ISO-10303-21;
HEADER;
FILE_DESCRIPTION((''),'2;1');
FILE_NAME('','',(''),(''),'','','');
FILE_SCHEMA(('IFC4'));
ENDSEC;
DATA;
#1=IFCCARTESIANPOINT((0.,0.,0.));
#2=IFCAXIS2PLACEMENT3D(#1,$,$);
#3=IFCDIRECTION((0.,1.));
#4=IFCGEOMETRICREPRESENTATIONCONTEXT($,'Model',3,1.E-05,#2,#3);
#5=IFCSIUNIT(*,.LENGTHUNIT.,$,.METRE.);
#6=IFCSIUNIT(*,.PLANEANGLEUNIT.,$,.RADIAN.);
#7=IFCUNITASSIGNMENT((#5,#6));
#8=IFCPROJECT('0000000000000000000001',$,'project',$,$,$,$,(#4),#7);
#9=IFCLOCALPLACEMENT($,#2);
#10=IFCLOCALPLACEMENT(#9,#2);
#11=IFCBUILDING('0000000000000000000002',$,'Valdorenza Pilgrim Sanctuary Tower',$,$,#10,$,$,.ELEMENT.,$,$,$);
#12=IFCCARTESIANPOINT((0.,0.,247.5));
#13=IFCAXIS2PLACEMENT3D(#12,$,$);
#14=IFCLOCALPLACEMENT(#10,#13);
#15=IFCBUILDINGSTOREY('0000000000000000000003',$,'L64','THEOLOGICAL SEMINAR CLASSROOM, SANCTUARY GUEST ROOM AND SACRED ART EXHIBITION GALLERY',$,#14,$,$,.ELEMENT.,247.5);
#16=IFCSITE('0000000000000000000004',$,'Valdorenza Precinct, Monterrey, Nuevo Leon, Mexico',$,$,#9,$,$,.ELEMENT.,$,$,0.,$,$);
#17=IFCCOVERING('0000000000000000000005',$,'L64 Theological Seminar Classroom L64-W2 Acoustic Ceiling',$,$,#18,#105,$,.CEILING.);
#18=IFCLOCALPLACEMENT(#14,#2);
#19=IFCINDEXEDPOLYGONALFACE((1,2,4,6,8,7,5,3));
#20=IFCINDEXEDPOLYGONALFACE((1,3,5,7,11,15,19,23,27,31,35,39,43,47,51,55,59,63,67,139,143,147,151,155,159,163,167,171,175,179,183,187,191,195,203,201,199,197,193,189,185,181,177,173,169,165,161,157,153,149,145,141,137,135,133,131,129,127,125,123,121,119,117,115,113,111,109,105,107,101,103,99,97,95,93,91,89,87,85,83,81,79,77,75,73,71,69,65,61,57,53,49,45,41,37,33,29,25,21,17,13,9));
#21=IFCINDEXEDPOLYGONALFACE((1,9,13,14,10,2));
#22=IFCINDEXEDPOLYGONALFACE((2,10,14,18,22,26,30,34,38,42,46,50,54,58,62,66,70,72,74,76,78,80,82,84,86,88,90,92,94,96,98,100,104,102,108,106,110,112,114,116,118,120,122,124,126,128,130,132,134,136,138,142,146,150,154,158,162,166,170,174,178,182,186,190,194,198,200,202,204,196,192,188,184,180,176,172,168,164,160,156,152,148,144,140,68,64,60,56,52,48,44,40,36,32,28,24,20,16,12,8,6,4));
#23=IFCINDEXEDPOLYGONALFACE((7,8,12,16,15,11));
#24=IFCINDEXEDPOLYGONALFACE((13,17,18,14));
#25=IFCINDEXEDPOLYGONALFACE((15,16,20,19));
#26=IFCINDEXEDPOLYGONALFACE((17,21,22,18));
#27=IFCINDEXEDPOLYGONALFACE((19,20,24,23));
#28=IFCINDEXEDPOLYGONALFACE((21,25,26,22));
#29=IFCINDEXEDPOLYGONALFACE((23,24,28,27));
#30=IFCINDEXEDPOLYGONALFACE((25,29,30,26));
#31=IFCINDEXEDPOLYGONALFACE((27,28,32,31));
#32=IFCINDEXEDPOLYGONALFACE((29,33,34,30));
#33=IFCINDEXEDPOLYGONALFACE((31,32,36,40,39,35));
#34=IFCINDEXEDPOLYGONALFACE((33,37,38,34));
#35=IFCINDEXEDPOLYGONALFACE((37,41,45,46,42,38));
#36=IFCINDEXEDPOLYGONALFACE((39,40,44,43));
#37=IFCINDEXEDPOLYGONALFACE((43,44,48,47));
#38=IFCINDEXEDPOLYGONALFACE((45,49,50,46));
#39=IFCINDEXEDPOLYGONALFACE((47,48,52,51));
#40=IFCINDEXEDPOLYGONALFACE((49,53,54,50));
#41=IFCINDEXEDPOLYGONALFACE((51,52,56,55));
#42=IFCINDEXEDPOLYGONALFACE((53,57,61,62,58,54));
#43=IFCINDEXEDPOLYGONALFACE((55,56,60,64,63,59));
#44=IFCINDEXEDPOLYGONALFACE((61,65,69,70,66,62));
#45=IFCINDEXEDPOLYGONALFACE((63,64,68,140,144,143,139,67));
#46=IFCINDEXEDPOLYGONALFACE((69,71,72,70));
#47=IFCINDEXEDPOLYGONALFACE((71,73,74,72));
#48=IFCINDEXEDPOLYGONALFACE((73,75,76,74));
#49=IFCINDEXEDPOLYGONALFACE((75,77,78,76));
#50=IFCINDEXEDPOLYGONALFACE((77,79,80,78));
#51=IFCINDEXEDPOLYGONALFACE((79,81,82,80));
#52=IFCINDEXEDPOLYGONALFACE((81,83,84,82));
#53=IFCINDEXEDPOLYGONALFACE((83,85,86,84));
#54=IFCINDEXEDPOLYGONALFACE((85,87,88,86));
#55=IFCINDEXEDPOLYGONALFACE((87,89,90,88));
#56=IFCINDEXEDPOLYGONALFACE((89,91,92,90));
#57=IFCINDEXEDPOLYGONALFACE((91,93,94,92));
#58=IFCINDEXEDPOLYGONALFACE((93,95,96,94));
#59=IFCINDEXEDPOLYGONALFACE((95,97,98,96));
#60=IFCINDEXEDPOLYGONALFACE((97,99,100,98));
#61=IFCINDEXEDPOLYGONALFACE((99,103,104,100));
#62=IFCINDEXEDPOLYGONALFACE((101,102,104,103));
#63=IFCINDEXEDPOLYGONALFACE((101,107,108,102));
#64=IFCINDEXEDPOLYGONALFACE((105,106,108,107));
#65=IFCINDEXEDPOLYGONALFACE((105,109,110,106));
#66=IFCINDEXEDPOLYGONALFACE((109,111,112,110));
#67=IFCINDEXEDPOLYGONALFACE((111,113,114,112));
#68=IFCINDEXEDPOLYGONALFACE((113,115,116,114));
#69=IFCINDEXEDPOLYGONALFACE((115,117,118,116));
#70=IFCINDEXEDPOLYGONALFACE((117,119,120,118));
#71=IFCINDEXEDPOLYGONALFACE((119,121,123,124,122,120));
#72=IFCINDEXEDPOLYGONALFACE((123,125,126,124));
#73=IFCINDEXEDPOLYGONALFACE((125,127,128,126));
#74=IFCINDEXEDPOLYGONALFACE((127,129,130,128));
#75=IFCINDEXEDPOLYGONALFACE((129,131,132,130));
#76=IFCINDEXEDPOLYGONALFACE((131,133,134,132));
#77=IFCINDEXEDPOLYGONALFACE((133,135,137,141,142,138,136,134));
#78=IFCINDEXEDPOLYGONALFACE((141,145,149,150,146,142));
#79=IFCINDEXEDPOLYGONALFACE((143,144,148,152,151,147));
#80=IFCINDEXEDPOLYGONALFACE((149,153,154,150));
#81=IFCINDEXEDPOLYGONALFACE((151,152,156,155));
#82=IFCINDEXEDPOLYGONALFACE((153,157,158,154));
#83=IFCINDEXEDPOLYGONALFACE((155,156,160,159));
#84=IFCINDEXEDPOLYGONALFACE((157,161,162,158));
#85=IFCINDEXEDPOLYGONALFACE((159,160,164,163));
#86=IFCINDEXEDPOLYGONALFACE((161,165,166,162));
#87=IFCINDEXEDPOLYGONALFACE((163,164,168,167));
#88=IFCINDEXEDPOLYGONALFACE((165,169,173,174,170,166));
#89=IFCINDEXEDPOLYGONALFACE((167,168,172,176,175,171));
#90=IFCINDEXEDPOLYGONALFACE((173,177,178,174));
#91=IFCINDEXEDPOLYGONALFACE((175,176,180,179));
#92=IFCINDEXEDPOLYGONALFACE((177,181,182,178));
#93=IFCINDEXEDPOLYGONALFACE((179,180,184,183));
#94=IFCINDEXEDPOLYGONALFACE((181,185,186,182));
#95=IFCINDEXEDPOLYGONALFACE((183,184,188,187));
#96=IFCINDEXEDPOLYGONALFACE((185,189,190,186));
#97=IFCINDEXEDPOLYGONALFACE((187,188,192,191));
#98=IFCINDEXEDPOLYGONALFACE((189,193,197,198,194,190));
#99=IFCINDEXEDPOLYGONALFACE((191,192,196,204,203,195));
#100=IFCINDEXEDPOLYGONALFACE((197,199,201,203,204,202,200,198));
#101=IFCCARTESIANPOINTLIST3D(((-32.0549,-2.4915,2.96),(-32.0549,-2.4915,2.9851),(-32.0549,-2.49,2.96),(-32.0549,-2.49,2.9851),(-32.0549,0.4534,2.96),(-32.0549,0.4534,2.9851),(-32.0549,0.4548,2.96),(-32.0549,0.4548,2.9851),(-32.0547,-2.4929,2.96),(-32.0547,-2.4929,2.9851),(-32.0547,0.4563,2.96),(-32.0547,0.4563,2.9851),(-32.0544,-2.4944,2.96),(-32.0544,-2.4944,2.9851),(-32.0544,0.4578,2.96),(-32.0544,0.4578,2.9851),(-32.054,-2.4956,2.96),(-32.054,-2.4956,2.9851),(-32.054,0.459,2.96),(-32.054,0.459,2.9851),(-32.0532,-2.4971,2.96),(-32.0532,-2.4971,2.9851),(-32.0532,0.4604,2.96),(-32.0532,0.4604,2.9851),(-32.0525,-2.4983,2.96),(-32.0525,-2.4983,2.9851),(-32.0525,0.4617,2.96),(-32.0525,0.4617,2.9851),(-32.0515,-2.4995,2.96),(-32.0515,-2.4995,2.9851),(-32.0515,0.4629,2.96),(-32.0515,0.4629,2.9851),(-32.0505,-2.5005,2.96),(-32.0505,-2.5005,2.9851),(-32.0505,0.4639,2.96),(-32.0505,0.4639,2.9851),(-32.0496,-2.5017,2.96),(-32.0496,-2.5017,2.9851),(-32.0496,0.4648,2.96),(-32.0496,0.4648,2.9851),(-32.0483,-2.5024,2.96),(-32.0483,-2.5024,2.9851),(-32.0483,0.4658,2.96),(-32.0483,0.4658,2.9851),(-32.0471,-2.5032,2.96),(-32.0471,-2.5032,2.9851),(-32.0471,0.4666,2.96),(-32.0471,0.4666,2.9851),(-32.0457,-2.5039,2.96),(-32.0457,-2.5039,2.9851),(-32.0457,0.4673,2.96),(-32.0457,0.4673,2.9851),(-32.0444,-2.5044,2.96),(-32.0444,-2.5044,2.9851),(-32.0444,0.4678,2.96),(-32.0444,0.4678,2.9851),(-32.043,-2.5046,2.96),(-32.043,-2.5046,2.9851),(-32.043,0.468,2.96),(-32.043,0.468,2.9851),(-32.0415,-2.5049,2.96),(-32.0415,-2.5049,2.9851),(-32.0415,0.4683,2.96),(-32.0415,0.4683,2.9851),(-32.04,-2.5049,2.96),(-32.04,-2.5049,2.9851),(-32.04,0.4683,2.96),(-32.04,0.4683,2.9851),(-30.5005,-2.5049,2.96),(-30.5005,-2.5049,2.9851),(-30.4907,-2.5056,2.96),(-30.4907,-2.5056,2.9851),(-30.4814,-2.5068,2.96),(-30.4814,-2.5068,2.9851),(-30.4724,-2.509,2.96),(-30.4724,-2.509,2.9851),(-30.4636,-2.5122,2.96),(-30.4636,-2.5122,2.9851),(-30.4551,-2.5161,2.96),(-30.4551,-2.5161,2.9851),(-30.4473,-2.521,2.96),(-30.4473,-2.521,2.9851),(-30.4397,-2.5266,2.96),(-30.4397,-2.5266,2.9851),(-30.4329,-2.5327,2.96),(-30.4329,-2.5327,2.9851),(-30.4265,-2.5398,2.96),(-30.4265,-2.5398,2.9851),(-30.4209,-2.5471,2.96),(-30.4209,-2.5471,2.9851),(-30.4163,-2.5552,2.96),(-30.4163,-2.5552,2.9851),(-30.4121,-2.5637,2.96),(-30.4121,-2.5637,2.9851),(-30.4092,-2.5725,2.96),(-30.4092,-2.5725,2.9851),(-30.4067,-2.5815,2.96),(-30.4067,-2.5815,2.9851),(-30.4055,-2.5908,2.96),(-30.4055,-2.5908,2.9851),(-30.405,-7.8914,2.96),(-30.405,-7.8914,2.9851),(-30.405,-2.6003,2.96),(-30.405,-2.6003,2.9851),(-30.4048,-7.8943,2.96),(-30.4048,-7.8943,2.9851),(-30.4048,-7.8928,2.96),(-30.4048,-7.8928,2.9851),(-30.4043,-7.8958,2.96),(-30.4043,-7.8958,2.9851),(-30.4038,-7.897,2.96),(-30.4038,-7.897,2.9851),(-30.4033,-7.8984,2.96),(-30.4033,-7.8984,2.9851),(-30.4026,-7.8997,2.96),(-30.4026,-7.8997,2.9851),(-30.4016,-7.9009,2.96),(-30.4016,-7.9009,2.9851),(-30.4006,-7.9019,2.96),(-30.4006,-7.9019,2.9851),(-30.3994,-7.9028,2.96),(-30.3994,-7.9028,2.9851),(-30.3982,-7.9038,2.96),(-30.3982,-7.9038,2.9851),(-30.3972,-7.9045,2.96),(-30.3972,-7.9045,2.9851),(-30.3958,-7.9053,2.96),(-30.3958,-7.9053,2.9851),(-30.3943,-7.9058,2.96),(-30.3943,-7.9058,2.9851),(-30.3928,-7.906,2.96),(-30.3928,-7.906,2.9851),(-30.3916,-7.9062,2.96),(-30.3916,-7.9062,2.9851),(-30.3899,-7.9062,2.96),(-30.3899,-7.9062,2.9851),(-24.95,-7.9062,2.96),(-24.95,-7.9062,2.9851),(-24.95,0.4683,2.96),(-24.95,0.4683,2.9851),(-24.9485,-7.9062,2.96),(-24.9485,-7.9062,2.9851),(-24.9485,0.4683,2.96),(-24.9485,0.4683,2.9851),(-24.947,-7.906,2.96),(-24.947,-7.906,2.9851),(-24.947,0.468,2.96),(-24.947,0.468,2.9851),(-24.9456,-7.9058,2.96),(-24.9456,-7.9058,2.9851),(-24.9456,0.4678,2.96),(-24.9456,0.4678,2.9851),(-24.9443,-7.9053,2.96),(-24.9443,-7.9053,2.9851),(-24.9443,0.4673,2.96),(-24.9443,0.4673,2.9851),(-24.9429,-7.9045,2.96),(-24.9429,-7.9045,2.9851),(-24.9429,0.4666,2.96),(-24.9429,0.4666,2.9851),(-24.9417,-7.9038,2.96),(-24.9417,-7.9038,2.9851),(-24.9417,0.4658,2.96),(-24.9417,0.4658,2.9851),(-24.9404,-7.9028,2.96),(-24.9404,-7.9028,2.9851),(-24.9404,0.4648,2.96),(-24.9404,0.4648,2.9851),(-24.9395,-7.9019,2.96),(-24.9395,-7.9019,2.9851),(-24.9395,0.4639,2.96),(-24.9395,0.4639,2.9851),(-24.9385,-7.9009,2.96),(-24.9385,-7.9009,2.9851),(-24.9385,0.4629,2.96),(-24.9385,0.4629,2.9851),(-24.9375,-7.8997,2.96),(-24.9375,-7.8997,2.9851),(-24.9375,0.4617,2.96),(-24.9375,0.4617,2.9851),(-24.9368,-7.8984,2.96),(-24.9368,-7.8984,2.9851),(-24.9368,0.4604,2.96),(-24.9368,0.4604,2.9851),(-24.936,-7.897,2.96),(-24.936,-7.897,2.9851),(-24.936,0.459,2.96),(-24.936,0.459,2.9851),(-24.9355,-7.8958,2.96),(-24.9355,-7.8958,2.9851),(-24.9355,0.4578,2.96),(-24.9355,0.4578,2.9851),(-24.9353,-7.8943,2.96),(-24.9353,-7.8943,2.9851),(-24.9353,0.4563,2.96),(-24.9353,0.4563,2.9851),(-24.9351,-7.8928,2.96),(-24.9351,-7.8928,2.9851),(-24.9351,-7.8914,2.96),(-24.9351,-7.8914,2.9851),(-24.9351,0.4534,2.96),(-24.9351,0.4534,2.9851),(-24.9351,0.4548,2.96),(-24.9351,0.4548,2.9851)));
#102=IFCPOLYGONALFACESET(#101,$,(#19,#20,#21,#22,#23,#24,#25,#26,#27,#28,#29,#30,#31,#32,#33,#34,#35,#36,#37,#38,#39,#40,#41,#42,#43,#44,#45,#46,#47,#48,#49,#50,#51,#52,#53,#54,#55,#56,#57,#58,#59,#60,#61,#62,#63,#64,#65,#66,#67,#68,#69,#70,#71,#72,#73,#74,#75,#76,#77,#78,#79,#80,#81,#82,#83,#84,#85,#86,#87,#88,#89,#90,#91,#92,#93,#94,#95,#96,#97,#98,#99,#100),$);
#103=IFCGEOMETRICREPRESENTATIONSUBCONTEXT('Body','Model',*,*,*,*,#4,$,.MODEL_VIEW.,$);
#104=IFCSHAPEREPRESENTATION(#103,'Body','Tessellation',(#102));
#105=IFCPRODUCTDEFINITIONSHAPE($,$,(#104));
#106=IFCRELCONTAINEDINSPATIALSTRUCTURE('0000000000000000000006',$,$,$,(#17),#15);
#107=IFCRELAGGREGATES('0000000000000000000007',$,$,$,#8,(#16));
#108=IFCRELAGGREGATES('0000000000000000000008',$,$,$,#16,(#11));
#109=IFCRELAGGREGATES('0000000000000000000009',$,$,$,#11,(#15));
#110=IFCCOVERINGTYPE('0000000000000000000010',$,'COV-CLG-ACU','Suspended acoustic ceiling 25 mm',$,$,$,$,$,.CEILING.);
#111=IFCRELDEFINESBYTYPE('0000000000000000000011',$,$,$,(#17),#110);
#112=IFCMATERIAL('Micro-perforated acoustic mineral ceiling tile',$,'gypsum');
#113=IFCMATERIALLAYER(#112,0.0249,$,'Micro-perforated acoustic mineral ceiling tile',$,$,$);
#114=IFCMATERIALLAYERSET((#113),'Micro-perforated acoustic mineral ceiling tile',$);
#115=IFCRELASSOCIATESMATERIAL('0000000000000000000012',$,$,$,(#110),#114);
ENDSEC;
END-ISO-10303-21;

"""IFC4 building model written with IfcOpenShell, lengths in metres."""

from ifc_helpers import new_model, si_unit, direction, frame, origin, place, context, subcontext, project, spatial, polyline, outline, extrude, material, layer, layer_set, type_object, element, save


model = new_model("IFC4")

# Units and contexts
model_context = context("Model", 3, precision=1e-05, world=origin(), true_north=direction((0.0, 1.0)))
body_context = subcontext(model_context, "Body", "Model", "MODEL_VIEW")
ifc_project = project(units=[si_unit("LENGTHUNIT", "METRE"), si_unit("PLANEANGLEUNIT", "RADIAN")], contexts=[model_context])

# Site, building, storey
site_placement = place(None, origin())
site = spatial("IfcSite", under=ifc_project, at=site_placement, Name="Valdorenza Precinct, Monterrey, Nuevo Leon, Mexico", CompositionType="ELEMENT", RefElevation=0.0)
building_placement = place(site_placement, origin())
building = spatial("IfcBuilding", under=site, at=building_placement, Name="Valdorenza Pilgrim Sanctuary Tower", CompositionType="ELEMENT")
storey_placement = place(building_placement, frame((0.0, 0.0, 247.5)))
storey = spatial("IfcBuildingStorey", under=building, at=storey_placement, Name="L64", Description="THEOLOGICAL SEMINAR CLASSROOM, SANCTUARY GUEST ROOM AND SACRED ART EXHIBITION GALLERY", CompositionType="ELEMENT", Elevation=247.5)

# Covering
ifc_material_1 = material(Name="Micro-perforated acoustic mineral ceiling tile", Category="gypsum")
ifc_layer_1 = layer(ifc_material_1, 0.0249, Name="Micro-perforated acoustic mineral ceiling tile")
ifc_layer_set_1 = layer_set([ifc_layer_1], Name="Micro-perforated acoustic mineral ceiling tile")
covering_type_1 = type_object("IfcCoveringType", Name="COV-CLG-ACU", Description="Suspended acoustic ceiling 25 mm", PredefinedType="CEILING", material=ifc_layer_set_1)
covering_1_placement = place(storey_placement, frame((0.0, 0.0, 2.96)))
element("IfcCovering", 1, at=covering_1_placement, inside=storey, type_object=covering_type_1, Name="L64 Theological Seminar Classroom L64-W2 Acoustic Ceiling", PredefinedType="CEILING", context=body_context, shape_type="SweptSolid", body=[
    extrude(outline(polyline([(-24.9351, -7.8914), (-24.9351, -7.8928), (-24.9353, -7.8943), (-24.9355, -7.8958), (-24.936, -7.897), (-24.9368, -7.8984), (-24.9375, -7.8997), (-24.9385, -7.9009), (-24.9395, -7.9019), (-24.9404, -7.9028), (-24.9417, -7.9038), (-24.9429, -7.9045), (-24.9443, -7.9053), (-24.9456, -7.9058), (-24.947, -7.906), (-24.9485, -7.9062), (-24.95, -7.9062), (-30.3899, -7.9062), (-30.3916, -7.9062), (-30.3928, -7.906), (-30.3943, -7.9058), (-30.3958, -7.9053), (-30.3972, -7.9045), (-30.3982, -7.9038), (-30.3994, -7.9028), (-30.4006, -7.9019), (-30.4016, -7.9009), (-30.4026, -7.8997), (-30.4033, -7.8984), (-30.4038, -7.897), (-30.4043, -7.8958), (-30.4048, -7.8943), (-30.4048, -7.8928), (-30.405, -7.8914), (-30.405, -2.6003), (-30.4055, -2.5908), (-30.4067, -2.5815), (-30.4092, -2.5725), (-30.4121, -2.5637), (-30.4163, -2.5552), (-30.4209, -2.5471), (-30.4265, -2.5398), (-30.4329, -2.5327), (-30.4397, -2.5266), (-30.4473, -2.521), (-30.4551, -2.5161), (-30.4636, -2.5122), (-30.4724, -2.509), (-30.4814, -2.5068), (-30.4907, -2.5056), (-30.5005, -2.5049), (-32.04, -2.5049), (-32.0415, -2.5049), (-32.043, -2.5046), (-32.0444, -2.5044), (-32.0457, -2.5039), (-32.0471, -2.5032), (-32.0483, -2.5024), (-32.0496, -2.5017), (-32.0505, -2.5005), (-32.0515, -2.4995), (-32.0525, -2.4983), (-32.0532, -2.4971), (-32.054, -2.4956), (-32.0544, -2.4944), (-32.0547, -2.4929), (-32.0549, -2.4915), (-32.0549, -2.49), (-32.0549, 0.4534), (-32.0549, 0.4548), (-32.0547, 0.4563), (-32.0544, 0.4578), (-32.054, 0.459), (-32.0532, 0.4604), (-32.0525, 0.4617), (-32.0515, 0.4629), (-32.0505, 0.4639), (-32.0496, 0.4648), (-32.0483, 0.4658), (-32.0471, 0.4666), (-32.0457, 0.4673), (-32.0444, 0.4678), (-32.043, 0.468), (-32.0415, 0.4683), (-32.04, 0.4683), (-24.95, 0.4683), (-24.9485, 0.4683), (-24.947, 0.468), (-24.9456, 0.4678), (-24.9443, 0.4673), (-24.9429, 0.4666), (-24.9417, 0.4658), (-24.9404, 0.4648), (-24.9395, 0.4639), (-24.9385, 0.4629), (-24.9375, 0.4617), (-24.9368, 0.4604), (-24.936, 0.459), (-24.9355, 0.4578), (-24.9353, 0.4563), (-24.9351, 0.4548), (-24.9351, 0.4534), (-24.9351, -7.8914)])), origin(), (0.0, 0.0, 1.0), 0.0251),
])

save(model, "model.ifc")
